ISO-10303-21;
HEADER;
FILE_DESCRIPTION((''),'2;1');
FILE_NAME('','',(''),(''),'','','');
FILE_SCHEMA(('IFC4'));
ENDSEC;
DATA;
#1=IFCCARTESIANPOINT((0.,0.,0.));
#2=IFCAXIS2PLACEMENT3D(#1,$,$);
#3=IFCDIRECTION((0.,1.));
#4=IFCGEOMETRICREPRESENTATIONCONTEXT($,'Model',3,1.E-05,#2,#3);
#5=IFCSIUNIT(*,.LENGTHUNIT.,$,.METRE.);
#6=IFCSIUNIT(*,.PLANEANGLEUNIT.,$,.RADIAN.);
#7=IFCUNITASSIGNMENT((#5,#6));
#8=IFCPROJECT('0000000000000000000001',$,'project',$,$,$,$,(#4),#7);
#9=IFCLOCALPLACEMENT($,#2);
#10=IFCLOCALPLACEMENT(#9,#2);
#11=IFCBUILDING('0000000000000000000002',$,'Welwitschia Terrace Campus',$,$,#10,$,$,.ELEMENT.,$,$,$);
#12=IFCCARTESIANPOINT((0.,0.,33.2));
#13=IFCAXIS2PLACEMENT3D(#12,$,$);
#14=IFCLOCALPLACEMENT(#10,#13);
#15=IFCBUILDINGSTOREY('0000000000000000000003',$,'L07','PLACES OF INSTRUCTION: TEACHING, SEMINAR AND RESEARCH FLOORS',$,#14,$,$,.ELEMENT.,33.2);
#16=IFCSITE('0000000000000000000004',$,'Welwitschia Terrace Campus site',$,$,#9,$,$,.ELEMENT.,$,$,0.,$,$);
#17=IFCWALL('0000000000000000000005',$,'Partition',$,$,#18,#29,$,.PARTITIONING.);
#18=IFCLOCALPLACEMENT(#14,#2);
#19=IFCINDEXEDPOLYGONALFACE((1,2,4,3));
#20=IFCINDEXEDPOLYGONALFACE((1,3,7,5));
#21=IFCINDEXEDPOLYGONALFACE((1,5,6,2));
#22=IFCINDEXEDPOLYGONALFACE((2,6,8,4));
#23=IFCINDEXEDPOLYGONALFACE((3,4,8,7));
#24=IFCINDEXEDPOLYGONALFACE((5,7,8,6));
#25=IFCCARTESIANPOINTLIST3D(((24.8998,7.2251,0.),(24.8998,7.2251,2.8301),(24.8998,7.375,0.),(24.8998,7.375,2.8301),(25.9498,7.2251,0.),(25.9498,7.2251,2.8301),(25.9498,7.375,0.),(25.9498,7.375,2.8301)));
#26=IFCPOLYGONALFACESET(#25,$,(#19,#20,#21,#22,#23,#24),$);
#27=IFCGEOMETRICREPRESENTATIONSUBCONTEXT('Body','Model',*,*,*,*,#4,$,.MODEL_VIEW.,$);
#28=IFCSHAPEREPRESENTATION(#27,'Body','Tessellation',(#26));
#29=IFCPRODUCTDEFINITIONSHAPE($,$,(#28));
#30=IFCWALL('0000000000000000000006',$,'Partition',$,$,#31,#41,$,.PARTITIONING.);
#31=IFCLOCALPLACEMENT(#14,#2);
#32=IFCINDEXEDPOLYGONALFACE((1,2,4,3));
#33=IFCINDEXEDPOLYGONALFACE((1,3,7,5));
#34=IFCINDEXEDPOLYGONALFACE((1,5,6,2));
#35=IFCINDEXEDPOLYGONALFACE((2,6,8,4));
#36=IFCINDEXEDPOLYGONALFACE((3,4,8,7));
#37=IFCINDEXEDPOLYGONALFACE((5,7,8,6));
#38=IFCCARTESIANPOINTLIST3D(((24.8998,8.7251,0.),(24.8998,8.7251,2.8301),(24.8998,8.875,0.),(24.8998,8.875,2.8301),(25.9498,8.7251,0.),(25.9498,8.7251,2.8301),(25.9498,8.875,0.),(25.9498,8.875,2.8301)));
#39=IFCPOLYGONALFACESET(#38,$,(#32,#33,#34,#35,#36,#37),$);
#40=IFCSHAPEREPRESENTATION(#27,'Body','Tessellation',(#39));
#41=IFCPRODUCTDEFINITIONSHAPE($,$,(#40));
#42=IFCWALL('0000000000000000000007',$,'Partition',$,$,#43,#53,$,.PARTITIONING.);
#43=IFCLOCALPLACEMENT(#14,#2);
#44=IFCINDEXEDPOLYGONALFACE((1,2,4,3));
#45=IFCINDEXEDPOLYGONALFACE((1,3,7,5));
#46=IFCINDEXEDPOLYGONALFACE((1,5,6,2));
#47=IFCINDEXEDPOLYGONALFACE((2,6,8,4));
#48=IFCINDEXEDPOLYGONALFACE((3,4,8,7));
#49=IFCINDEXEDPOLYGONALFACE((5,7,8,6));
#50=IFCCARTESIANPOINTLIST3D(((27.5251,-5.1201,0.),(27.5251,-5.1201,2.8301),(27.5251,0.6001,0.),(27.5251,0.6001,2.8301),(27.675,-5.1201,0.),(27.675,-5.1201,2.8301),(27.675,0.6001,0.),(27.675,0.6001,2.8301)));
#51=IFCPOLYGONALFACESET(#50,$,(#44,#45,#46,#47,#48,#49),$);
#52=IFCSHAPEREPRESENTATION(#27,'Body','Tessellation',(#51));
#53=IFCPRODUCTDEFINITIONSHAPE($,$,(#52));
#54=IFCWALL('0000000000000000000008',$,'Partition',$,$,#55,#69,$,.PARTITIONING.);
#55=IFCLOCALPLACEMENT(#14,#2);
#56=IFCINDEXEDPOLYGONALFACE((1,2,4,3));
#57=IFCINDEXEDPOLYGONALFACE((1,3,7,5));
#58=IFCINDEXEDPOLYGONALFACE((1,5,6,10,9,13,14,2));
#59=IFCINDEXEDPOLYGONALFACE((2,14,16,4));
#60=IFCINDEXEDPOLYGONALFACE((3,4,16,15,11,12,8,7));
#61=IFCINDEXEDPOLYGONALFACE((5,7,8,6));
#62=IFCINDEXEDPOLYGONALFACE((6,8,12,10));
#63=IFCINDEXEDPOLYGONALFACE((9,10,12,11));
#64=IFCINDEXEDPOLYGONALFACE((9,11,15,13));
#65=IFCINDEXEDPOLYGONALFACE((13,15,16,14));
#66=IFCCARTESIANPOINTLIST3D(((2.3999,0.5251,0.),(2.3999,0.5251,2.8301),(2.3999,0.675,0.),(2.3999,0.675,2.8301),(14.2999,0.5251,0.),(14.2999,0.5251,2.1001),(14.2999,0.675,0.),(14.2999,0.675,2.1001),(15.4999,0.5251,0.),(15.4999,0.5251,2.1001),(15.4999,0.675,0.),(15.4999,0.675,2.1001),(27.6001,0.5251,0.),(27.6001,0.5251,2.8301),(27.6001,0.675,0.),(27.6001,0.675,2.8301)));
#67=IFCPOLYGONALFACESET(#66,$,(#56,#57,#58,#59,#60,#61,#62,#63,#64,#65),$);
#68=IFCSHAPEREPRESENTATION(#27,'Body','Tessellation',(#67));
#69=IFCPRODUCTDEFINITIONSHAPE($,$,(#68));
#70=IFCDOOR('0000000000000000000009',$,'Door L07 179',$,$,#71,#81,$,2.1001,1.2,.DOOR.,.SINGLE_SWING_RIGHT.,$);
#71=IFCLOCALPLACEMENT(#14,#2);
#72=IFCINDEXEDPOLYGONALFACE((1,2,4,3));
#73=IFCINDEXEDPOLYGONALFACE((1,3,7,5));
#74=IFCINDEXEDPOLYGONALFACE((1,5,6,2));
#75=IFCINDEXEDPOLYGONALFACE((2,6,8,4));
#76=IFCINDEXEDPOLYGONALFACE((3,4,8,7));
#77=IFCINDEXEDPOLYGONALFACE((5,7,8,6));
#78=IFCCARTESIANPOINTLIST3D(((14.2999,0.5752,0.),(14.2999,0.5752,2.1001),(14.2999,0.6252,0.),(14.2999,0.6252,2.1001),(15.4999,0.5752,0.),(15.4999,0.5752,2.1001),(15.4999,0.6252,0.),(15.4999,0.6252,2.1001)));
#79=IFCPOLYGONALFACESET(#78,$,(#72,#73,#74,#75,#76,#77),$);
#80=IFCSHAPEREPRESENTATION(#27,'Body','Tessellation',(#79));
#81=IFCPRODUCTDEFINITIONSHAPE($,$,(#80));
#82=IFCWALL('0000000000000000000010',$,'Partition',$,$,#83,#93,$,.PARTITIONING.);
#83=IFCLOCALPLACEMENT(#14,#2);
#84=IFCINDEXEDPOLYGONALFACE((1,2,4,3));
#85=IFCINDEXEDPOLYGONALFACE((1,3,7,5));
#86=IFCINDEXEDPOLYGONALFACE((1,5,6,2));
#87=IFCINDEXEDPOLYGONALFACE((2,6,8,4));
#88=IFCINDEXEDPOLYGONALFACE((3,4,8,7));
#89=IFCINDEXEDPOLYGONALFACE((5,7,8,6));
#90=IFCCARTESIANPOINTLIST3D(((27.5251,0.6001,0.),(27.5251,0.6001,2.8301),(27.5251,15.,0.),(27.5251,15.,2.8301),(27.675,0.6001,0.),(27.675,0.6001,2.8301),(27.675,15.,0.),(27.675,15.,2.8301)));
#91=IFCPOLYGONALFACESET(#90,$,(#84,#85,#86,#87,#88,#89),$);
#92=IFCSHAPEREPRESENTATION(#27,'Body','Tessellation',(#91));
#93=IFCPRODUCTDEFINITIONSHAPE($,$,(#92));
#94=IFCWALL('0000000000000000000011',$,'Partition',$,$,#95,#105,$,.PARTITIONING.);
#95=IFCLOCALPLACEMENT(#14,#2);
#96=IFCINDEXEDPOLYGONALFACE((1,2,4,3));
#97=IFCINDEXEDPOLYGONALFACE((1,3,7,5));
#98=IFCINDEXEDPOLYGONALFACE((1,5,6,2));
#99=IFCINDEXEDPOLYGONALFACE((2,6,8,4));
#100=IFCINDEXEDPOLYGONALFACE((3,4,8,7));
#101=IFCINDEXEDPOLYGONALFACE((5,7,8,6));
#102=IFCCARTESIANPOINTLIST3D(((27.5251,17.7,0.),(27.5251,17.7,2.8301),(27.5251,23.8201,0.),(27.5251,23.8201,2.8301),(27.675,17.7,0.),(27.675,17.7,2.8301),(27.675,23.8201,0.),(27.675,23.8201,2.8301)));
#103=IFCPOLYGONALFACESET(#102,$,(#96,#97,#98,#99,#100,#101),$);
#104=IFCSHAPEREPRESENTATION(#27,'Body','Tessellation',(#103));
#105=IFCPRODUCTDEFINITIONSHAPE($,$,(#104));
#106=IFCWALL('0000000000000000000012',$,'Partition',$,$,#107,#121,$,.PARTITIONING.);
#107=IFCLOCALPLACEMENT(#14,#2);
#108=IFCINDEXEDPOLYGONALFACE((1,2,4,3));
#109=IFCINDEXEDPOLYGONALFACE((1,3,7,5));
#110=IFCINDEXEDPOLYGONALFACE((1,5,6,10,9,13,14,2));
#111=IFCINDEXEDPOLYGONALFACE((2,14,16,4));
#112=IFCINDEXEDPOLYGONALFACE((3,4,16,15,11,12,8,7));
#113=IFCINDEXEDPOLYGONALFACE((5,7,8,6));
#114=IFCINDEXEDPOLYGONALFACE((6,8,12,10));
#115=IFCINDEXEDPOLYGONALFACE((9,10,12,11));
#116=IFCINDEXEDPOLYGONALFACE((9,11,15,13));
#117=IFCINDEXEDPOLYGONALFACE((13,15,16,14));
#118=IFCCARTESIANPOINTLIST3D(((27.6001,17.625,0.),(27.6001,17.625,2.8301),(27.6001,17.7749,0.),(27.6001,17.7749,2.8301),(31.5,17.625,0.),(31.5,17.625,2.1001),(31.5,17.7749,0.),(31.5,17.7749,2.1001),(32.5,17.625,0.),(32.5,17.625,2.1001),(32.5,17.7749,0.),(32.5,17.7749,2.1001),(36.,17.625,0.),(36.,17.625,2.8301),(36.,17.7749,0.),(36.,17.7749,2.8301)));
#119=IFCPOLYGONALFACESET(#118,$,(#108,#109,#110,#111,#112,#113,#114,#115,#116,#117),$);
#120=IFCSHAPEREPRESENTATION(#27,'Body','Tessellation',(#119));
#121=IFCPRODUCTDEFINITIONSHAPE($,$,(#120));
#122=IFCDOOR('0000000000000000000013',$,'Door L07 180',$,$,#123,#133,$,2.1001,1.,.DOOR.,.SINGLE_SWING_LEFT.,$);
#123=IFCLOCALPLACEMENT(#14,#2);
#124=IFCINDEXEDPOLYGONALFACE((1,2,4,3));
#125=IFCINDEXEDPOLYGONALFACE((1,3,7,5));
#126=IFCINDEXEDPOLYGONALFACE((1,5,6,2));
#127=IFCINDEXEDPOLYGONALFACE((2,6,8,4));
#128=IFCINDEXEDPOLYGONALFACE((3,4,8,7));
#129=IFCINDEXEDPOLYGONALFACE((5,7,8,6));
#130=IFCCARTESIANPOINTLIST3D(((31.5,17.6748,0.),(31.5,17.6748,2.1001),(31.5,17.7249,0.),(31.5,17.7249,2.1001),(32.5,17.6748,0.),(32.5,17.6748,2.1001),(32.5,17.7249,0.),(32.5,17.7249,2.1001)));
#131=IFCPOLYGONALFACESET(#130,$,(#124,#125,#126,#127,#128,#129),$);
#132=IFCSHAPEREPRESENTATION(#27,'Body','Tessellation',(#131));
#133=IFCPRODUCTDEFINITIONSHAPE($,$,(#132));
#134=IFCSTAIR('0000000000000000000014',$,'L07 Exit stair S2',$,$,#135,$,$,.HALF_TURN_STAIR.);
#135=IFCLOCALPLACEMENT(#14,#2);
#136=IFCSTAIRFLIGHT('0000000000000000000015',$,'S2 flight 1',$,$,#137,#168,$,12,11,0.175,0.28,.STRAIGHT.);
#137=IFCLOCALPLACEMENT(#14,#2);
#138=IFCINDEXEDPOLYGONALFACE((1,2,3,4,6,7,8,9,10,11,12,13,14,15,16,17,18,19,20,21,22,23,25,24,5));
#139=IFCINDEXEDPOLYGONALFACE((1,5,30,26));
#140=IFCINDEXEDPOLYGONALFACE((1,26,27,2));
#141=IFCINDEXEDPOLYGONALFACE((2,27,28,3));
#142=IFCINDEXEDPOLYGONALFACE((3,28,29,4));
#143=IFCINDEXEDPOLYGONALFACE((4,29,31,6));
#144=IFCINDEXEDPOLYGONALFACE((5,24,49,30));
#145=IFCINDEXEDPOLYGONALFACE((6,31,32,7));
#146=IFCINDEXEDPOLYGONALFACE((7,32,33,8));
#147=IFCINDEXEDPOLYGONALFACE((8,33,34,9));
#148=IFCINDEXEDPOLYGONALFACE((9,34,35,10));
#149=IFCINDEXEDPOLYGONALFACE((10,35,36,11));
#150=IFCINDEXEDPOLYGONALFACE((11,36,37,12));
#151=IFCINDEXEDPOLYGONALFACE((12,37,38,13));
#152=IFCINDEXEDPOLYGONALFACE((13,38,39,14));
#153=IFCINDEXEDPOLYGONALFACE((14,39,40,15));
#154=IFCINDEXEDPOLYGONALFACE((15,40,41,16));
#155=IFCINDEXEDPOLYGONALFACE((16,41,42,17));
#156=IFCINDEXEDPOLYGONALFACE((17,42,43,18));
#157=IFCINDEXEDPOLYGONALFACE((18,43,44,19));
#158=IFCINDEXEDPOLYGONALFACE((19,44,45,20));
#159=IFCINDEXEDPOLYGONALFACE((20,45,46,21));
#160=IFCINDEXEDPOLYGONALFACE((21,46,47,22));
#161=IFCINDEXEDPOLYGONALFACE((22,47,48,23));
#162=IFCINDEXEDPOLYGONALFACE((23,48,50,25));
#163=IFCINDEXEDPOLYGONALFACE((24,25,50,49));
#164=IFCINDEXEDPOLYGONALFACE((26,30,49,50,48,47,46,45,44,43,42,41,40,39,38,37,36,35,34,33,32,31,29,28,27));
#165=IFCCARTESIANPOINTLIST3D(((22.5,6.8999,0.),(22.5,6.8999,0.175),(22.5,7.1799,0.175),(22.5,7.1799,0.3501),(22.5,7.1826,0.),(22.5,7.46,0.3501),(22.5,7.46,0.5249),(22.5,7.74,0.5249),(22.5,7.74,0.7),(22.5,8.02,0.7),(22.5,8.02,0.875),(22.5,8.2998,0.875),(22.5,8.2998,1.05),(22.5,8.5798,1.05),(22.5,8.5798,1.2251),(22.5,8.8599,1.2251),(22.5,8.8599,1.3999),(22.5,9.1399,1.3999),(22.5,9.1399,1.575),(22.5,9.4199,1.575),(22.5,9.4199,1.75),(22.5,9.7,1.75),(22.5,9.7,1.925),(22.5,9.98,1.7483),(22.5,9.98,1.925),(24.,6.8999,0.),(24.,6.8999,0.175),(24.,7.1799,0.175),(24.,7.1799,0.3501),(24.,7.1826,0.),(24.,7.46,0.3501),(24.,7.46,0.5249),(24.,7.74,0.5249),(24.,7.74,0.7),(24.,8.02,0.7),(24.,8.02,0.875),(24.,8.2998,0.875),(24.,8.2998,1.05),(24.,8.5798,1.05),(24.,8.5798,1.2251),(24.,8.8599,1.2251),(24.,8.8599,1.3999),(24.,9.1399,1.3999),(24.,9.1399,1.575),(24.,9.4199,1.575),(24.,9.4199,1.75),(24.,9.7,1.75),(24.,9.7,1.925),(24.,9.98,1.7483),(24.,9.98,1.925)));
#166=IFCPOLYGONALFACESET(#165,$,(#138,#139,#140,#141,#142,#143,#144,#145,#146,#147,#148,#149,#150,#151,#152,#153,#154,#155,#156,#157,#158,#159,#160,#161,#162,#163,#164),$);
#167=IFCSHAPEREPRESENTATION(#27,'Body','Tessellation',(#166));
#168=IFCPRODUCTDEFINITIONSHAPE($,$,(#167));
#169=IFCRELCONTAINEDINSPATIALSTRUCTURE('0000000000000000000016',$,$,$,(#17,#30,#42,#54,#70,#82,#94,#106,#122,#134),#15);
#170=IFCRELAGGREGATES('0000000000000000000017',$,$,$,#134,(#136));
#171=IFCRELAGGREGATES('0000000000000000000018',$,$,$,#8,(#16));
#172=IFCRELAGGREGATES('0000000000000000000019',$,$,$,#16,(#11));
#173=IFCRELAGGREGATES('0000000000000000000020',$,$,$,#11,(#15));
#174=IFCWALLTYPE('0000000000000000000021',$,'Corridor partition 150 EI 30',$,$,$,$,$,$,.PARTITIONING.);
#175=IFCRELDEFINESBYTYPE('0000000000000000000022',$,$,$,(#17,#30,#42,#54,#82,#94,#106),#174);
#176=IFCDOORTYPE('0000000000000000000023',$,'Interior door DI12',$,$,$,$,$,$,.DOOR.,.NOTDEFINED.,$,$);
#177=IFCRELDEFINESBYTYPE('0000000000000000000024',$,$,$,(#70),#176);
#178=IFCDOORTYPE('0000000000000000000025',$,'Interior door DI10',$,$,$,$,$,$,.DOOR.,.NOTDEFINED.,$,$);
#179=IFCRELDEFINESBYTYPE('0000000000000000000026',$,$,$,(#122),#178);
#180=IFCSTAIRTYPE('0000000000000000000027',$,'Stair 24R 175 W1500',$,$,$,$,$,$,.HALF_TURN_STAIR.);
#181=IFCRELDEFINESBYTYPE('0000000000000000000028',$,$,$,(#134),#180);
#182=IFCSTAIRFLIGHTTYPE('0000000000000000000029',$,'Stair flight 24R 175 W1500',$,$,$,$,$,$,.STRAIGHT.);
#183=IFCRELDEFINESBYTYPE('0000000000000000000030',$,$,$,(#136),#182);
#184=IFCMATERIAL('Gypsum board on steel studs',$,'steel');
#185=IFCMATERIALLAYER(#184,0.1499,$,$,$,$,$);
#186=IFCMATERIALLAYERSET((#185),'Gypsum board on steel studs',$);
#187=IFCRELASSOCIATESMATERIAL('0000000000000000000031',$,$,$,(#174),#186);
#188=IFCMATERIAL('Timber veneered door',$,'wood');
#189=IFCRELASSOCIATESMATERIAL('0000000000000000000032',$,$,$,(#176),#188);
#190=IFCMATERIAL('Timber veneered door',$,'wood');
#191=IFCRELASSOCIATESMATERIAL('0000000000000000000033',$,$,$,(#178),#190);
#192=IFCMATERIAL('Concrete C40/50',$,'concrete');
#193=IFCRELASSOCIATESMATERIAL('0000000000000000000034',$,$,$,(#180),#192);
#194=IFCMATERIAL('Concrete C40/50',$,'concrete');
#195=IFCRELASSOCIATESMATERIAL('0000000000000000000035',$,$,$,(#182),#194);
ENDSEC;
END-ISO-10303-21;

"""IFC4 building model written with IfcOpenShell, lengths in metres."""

from ifc_helpers import new_model, si_unit, direction, frame, frame_2d, origin, place, context, subcontext, project, spatial, polyline, rectangle, outline, extrude, material, layer, layer_set, type_object, element, fill, aggregate, save


model = new_model("IFC4")

# Units and contexts
model_context = context("Model", 3, precision=1e-05, world=origin(), true_north=direction((0.0, 1.0)))
body_context = subcontext(model_context, "Body", "Model", "MODEL_VIEW")
ifc_project = project(units=[si_unit("LENGTHUNIT", "METRE"), si_unit("PLANEANGLEUNIT", "RADIAN")], contexts=[model_context])

# Site, building, storey
site_placement = place(None, origin())
site = spatial("IfcSite", under=ifc_project, at=site_placement, Name="Welwitschia Terrace Campus site", CompositionType="ELEMENT", RefElevation=0.0)
building_placement = place(site_placement, origin())
building = spatial("IfcBuilding", under=site, at=building_placement, Name="Welwitschia Terrace Campus", CompositionType="ELEMENT")
storey_placement = place(building_placement, frame((0.0, 0.0, 33.2)))
storey = spatial("IfcBuildingStorey", under=building, at=storey_placement, Name="L07", Description="PLACES OF INSTRUCTION: TEACHING, SEMINAR AND RESEARCH FLOORS", CompositionType="ELEMENT", Elevation=33.2)

# Walls
ifc_material_1 = material(Name="Gypsum board on steel studs", Category="steel")
ifc_layer_1 = layer(ifc_material_1, 0.1499)
ifc_layer_set_1 = layer_set([ifc_layer_1], Name="Gypsum board on steel studs")
wall_type_1 = type_object("IfcWallType", Name="Corridor partition 150 EI 30", PredefinedType="PARTITIONING", material=ifc_layer_set_1)
for number, where, z_axis, x_axis, name in (
    (1, (24.8999, 7.3, 0.0), (0.0, 0.0, 1.0), (1.0, 0.0, 0.0), "Partition"),
    (2, (24.8999, 8.8, 0.0), (0.0, 0.0, 1.0), (1.0, 0.0, 0.0), "Partition"),
):
    element("IfcWall", number, at=place(storey_placement, frame(where, z_axis=z_axis, x_axis=x_axis)), inside=storey, type_object=wall_type_1, Name=name, PredefinedType="PARTITIONING", context=body_context, shape_type="SweptSolid", body=[
        extrude(rectangle(XDim=1.05, YDim=0.1499, at=frame_2d((0.5249, 0.0))), origin(), (0.0, 0.0, 1.0), 2.8301),
    ])
wall_1_placement = place(storey_placement, frame((27.6001, -5.1201, 0.0), z_axis=(0.0, 0.0, 1.0), x_axis=(0.0, 1.0, 0.0)))
element("IfcWall", 3, at=wall_1_placement, inside=storey, type_object=wall_type_1, Name="Partition", PredefinedType="PARTITIONING", context=body_context, shape_type="SweptSolid", body=[
    extrude(rectangle(XDim=5.7202, YDim=0.1499, at=frame_2d((2.8601, 0.0))), origin(), (0.0, 0.0, 1.0), 2.8301),
])

# Wall, opening, door
wall_2_placement = place(storey_placement, frame((27.6001, 0.6001, 0.0), z_axis=(0.0, 0.0, 1.0), x_axis=(-1.0, 0.0, 0.0)))
wall_2 = element("IfcWall", 4, at=wall_2_placement, inside=storey, type_object=wall_type_1, Name="Partition", PredefinedType="PARTITIONING", context=body_context, shape_type="SweptSolid", body=[
    extrude(rectangle(XDim=25.2002, YDim=0.1499, at=frame_2d((12.6001, 0.0))), origin(), (0.0, 0.0, 1.0), 2.8301),
])
opening_1_placement = place(wall_2_placement, frame((12.1001, 0.0, 0.0)))
opening_1 = element("IfcOpeningElement", 5, at=opening_1_placement, cuts=wall_2, PredefinedType="OPENING", context=body_context, shape_type="SweptSolid", body=[
    extrude(rectangle(XDim=1.2, YDim=2.1001, at=frame_2d((0.6001, 1.05))), frame((0.0, 0.085, 0.0), z_axis=(0.0, -1.0, 0.0), x_axis=(1.0, 0.0, 0.0)), (0.0, 0.0, 1.0), 0.1699),
])
ifc_material_2 = material(Name="Timber veneered door", Category="wood")
door_type_1 = type_object("IfcDoorType", Name="Interior door DI12", OperationType="NOTDEFINED", PredefinedType="DOOR", material=ifc_material_2)
door_1_placement = place(opening_1_placement, origin())
door_1 = element("IfcDoor", 6, at=door_1_placement, inside=storey, type_object=door_type_1, Name="Door L07 179", OperationType="SINGLE_SWING_RIGHT", OverallHeight=2.1001, OverallWidth=1.2, PredefinedType="DOOR", context=body_context, shape_type="SweptSolid", body=[
    extrude(rectangle(XDim=1.2, YDim=2.1001, at=frame_2d((0.6001, 1.05))), frame((0.0, 0.0249, 0.0), z_axis=(0.0, -1.0, 0.0), x_axis=(1.0, 0.0, 0.0)), (0.0, 0.0, 1.0), 0.05),
])
fill(opening_1, door_1)

# Walls
wall_3_placement = place(storey_placement, frame((27.6001, 0.6001, 0.0), z_axis=(0.0, 0.0, 1.0), x_axis=(0.0, 1.0, 0.0)))
element("IfcWall", 7, at=wall_3_placement, inside=storey, type_object=wall_type_1, Name="Partition", PredefinedType="PARTITIONING", context=body_context, shape_type="SweptSolid", body=[
    extrude(rectangle(XDim=14.3999, YDim=0.1499, at=frame_2d((7.2, 0.0))), origin(), (0.0, 0.0, 1.0), 2.8301),
])
wall_4_placement = place(storey_placement, frame((27.6001, 17.7, 0.0), z_axis=(0.0, 0.0, 1.0), x_axis=(0.0, 1.0, 0.0)))
element("IfcWall", 8, at=wall_4_placement, inside=storey, type_object=wall_type_1, Name="Partition", PredefinedType="PARTITIONING", context=body_context, shape_type="SweptSolid", body=[
    extrude(rectangle(XDim=6.1201, YDim=0.1499, at=frame_2d((3.0601, 0.0))), origin(), (0.0, 0.0, 1.0), 2.8301),
])

# Wall, opening, door
wall_5_placement = place(storey_placement, frame((27.6001, 17.7, 0.0), z_axis=(0.0, 0.0, 1.0), x_axis=(1.0, 0.0, 0.0)))
wall_5 = element("IfcWall", 9, at=wall_5_placement, inside=storey, type_object=wall_type_1, Name="Partition", PredefinedType="PARTITIONING", context=body_context, shape_type="SweptSolid", body=[
    extrude(rectangle(XDim=8.3999, YDim=0.1499, at=frame_2d((4.2, 0.0))), origin(), (0.0, 0.0, 1.0), 2.8301),
])
opening_2_placement = place(wall_5_placement, frame((3.8999, 0.0, 0.0)))
opening_2 = element("IfcOpeningElement", 10, at=opening_2_placement, cuts=wall_5, PredefinedType="OPENING", context=body_context, shape_type="SweptSolid", body=[
    extrude(rectangle(XDim=1.0, YDim=2.1001, at=frame_2d((0.5, 1.05))), frame((0.0, 0.085, 0.0), z_axis=(0.0, -1.0, 0.0), x_axis=(1.0, 0.0, 0.0)), (0.0, 0.0, 1.0), 0.1699),
])
ifc_material_3 = material(Name="Timber veneered door", Category="wood")
door_type_2 = type_object("IfcDoorType", Name="Interior door DI10", OperationType="NOTDEFINED", PredefinedType="DOOR", material=ifc_material_3)
door_2_placement = place(opening_2_placement, origin())
door_2 = element("IfcDoor", 11, at=door_2_placement, inside=storey, type_object=door_type_2, Name="Door L07 180", OperationType="SINGLE_SWING_LEFT", OverallHeight=2.1001, OverallWidth=1.0, PredefinedType="DOOR", context=body_context, shape_type="SweptSolid", body=[
    extrude(rectangle(XDim=1.0, YDim=2.1001, at=frame_2d((0.5, 1.05))), frame((0.0, 0.0249, 0.0), z_axis=(0.0, -1.0, 0.0), x_axis=(1.0, 0.0, 0.0)), (0.0, 0.0, 1.0), 0.05),
])
fill(opening_2, door_2)

# Stair, stair flight
ifc_material_4 = material(Name="Concrete C40/50", Category="concrete")
stair_type = type_object("IfcStairType", Name="Stair 24R 175 W1500", PredefinedType="HALF_TURN_STAIR", material=ifc_material_4)
stair_placement = place(storey_placement, origin())
stair = element("IfcStair", 12, at=stair_placement, inside=storey, type_object=stair_type, Name="L07 Exit stair S2", PredefinedType="HALF_TURN_STAIR")
ifc_material_5 = material(Name="Concrete C40/50", Category="concrete")
stair_flight_type = type_object("IfcStairFlightType", Name="Stair flight 24R 175 W1500", PredefinedType="STRAIGHT", material=ifc_material_5)
stair_flight_placement = place(storey_placement, frame((23.25, 6.8999, 0.0), z_axis=(0.0, 0.0, 1.0), x_axis=(0.0, 1.0, 0.0)))
stair_flight = element("IfcStairFlight", 13, at=stair_flight_placement, type_object=stair_flight_type, Name="S2 flight 1", NumberOfRisers=12, NumberOfTreads=11, PredefinedType="STRAIGHT", RiserHeight=0.175, TreadLength=0.28, context=body_context, shape_type="SweptSolid", body=[
    extrude(outline(polyline([(0.0, 0.0), (0.0, 0.175), (0.28, 0.175), (0.28, 0.3501), (0.5601, 0.3501), (0.5601, 0.5249), (0.8401, 0.5249), (0.8401, 0.7), (1.1201, 0.7), (1.1201, 0.875), (1.3999, 0.875), (1.3999, 1.05), (1.6799, 1.05), (1.6799, 1.2251), (1.96, 1.2251), (1.96, 1.3999), (2.24, 1.3999), (2.24, 1.575), (2.52, 1.575), (2.52, 1.75), (2.8, 1.75), (2.8, 1.925), (3.0801, 1.925), (3.0801, 2.1001), (3.0801, 1.7483), (0.2827, 0.0), (0.0, 0.0)])), frame((0.0, 0.75, 0.0), z_axis=(0.0, -1.0, 0.0), x_axis=(1.0, 0.0, 0.0)), (0.0, 0.0, 1.0), 1.5),
])
aggregate(stair, [stair_flight])

save(model, "model.ifc")
